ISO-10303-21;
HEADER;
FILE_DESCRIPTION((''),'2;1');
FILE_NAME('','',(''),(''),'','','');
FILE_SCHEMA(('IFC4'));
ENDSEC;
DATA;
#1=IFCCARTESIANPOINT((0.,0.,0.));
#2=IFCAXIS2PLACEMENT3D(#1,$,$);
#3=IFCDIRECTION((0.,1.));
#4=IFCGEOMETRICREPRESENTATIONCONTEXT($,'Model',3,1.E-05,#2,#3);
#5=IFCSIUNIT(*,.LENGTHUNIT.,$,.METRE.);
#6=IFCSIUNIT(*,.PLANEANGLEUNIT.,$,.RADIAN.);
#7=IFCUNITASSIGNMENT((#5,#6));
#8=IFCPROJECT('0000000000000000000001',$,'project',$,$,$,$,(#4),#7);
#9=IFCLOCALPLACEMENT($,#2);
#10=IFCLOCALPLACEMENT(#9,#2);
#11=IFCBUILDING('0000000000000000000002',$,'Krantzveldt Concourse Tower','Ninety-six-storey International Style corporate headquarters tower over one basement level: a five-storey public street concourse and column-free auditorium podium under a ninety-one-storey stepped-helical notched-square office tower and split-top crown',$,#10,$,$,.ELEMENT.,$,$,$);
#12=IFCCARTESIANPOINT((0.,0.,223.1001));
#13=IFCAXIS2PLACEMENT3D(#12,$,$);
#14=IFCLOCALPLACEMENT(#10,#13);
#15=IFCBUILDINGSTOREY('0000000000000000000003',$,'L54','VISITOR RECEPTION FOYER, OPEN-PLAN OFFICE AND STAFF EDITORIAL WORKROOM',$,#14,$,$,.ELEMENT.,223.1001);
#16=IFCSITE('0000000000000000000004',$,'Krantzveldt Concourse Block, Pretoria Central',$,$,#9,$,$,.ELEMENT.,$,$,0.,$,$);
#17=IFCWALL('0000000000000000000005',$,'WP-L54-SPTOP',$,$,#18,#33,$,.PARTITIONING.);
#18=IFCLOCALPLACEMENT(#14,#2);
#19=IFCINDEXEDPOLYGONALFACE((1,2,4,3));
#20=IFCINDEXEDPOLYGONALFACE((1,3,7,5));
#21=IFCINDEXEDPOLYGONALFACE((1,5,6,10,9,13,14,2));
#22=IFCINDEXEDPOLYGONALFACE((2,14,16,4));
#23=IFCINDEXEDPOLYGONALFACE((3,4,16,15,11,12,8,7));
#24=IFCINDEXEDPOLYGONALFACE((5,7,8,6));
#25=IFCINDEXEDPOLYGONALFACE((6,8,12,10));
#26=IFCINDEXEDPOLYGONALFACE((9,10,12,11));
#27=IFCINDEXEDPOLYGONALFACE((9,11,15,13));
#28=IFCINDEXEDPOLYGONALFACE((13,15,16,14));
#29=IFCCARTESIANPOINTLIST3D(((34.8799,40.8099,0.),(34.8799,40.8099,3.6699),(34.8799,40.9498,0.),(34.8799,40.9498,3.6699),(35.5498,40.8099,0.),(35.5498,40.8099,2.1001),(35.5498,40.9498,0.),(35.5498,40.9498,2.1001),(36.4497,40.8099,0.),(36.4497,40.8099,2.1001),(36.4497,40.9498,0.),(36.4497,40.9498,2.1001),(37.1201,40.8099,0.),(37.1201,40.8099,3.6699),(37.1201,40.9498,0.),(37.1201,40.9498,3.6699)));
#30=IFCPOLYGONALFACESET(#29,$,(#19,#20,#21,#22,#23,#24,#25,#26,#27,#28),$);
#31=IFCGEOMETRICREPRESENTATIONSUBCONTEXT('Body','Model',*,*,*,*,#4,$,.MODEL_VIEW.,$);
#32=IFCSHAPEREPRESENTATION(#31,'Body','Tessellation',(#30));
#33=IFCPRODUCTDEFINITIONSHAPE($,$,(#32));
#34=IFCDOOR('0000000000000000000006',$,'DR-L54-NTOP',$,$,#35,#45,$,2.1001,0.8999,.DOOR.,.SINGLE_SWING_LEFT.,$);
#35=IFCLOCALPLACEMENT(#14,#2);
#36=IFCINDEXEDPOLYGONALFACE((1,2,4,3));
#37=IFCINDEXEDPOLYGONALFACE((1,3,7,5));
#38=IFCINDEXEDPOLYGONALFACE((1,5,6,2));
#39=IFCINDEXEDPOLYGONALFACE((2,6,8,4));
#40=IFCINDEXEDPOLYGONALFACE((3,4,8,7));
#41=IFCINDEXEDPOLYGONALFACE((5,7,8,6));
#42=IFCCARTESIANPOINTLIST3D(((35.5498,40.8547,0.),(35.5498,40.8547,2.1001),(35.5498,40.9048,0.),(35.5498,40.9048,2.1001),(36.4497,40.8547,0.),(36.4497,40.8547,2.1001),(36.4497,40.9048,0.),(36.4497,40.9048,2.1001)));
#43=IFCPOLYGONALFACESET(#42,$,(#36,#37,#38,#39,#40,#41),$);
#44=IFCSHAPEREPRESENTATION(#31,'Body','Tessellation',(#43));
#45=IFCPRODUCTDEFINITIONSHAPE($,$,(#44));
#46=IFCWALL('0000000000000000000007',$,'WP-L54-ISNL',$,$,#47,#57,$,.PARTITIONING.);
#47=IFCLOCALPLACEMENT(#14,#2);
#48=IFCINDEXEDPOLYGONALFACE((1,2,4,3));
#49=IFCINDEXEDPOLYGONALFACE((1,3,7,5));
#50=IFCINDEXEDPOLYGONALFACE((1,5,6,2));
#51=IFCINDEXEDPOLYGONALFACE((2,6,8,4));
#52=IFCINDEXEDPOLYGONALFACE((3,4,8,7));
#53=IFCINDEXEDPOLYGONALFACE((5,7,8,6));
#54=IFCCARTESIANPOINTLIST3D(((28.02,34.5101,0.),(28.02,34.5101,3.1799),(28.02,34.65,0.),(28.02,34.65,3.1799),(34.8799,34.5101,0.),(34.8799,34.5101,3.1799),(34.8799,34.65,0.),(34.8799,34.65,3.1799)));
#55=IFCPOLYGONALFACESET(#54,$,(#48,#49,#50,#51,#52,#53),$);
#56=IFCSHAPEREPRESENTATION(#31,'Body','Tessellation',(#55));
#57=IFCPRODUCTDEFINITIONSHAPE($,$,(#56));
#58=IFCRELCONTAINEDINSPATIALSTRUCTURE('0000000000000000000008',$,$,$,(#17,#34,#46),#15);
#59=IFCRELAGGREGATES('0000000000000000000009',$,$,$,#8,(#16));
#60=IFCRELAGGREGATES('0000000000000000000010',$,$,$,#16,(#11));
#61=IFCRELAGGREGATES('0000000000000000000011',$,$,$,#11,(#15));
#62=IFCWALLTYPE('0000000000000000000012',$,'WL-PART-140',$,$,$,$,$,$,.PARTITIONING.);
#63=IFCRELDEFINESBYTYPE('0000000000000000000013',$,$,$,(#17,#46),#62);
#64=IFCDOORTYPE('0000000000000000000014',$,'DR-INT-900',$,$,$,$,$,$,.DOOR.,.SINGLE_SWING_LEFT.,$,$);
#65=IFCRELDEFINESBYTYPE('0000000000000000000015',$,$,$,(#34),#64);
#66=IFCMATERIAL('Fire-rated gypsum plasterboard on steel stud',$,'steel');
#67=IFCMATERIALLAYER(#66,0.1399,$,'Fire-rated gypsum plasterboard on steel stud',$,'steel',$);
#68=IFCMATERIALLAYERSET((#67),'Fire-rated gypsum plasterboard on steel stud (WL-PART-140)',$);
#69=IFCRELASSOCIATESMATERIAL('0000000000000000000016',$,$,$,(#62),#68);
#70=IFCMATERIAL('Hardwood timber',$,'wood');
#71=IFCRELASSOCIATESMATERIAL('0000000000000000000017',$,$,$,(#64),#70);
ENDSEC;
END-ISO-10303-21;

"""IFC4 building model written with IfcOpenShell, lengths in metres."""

from ifc_helpers import new_model, si_unit, direction, frame, frame_2d, origin, place, context, subcontext, project, spatial, rectangle, extrude, material, layer, layer_set, type_object, element, fill, save


model = new_model("IFC4")

# Units and contexts
model_context = context("Model", 3, precision=1e-05, world=origin(), true_north=direction((0.0, 1.0)))
body_context = subcontext(model_context, "Body", "Model", "MODEL_VIEW")
ifc_project = project(units=[si_unit("LENGTHUNIT", "METRE"), si_unit("PLANEANGLEUNIT", "RADIAN")], contexts=[model_context])

# Site, building, storey
site_placement = place(None, origin())
site = spatial("IfcSite", under=ifc_project, at=site_placement, Name="Krantzveldt Concourse Block, Pretoria Central", CompositionType="ELEMENT", RefElevation=0.0)
building_placement = place(site_placement, origin())
building = spatial("IfcBuilding", under=site, at=building_placement, Name="Krantzveldt Concourse Tower", Description="Ninety-six-storey International Style corporate headquarters tower over one basement level: a five-storey public street concourse and column-free auditorium podium under a ninety-one-storey stepped-helical notched-square office tower and split-top crown", CompositionType="ELEMENT")
storey_placement = place(building_placement, frame((0.0, 0.0, 223.1001)))
storey = spatial("IfcBuildingStorey", under=building, at=storey_placement, Name="L54", Description="VISITOR RECEPTION FOYER, OPEN-PLAN OFFICE AND STAFF EDITORIAL WORKROOM", CompositionType="ELEMENT", Elevation=223.1001)

# Shared definitions
ifc_material_1 = material(Name="Fire-rated gypsum plasterboard on steel stud", Category="steel")

# Wall, opening, door
ifc_layer_1 = layer(ifc_material_1, 0.1399, Name="Fire-rated gypsum plasterboard on steel stud", Category="steel")
ifc_layer_set_1 = layer_set([ifc_layer_1], Name="Fire-rated gypsum plasterboard on steel stud (WL-PART-140)")
wall_type_1 = type_object("IfcWallType", Name="WL-PART-140", PredefinedType="PARTITIONING", material=ifc_layer_set_1)
wall_1_placement = place(storey_placement, frame((34.8799, 40.8799, 0.0), z_axis=(0.0, 0.0, 1.0), x_axis=(1.0, 0.0, 0.0)))
wall_1 = element("IfcWall", 1, at=wall_1_placement, inside=storey, type_object=wall_type_1, Name="WP-L54-SPTOP", PredefinedType="PARTITIONING", context=body_context, shape_type="SweptSolid", body=[
    extrude(rectangle(XDim=2.2402, YDim=0.1399, at=frame_2d((1.1201, 0.0))), origin(), (0.0, 0.0, 1.0), 3.6699),
])
opening_placement = place(wall_1_placement, frame((0.6699, 0.0, 0.0)))
opening = element("IfcOpeningElement", 2, at=opening_placement, cuts=wall_1, PredefinedType="OPENING", context=body_context, shape_type="SweptSolid", body=[
    extrude(rectangle(XDim=0.8999, YDim=2.1001, at=frame_2d((0.45, 1.05))), frame((0.0, 0.0801, 0.0), z_axis=(0.0, -1.0, 0.0), x_axis=(1.0, 0.0, 0.0)), (0.0, 0.0, 1.0), 0.1599),
])
ifc_material_2 = material(Name="Hardwood timber", Category="wood")
door_type = type_object("IfcDoorType", Name="DR-INT-900", OperationType="SINGLE_SWING_LEFT", PredefinedType="DOOR", material=ifc_material_2)
door_placement = place(opening_placement, origin())
door = element("IfcDoor", 3, at=door_placement, inside=storey, type_object=door_type, Name="DR-L54-NTOP", OperationType="SINGLE_SWING_LEFT", OverallHeight=2.1001, OverallWidth=0.8999, PredefinedType="DOOR", context=body_context, shape_type="SweptSolid", body=[
    extrude(rectangle(XDim=0.8999, YDim=2.1001, at=frame_2d((0.45, 1.05))), frame((0.0, 0.0249, 0.0), z_axis=(0.0, -1.0, 0.0), x_axis=(1.0, 0.0, 0.0)), (0.0, 0.0, 1.0), 0.05),
])
fill(opening, door)

# Wall
wall_2_placement = place(storey_placement, frame((28.02, 34.5801, 0.0), z_axis=(0.0, 0.0, 1.0), x_axis=(1.0, 0.0, 0.0)))
element("IfcWall", 4, at=wall_2_placement, inside=storey, type_object=wall_type_1, Name="WP-L54-ISNL", PredefinedType="PARTITIONING", context=body_context, shape_type="SweptSolid", body=[
    extrude(rectangle(XDim=6.8599, YDim=0.1399, at=frame_2d((3.4299, 0.0))), origin(), (0.0, 0.0, 1.0), 3.1799),
])

save(model, "model.ifc")
